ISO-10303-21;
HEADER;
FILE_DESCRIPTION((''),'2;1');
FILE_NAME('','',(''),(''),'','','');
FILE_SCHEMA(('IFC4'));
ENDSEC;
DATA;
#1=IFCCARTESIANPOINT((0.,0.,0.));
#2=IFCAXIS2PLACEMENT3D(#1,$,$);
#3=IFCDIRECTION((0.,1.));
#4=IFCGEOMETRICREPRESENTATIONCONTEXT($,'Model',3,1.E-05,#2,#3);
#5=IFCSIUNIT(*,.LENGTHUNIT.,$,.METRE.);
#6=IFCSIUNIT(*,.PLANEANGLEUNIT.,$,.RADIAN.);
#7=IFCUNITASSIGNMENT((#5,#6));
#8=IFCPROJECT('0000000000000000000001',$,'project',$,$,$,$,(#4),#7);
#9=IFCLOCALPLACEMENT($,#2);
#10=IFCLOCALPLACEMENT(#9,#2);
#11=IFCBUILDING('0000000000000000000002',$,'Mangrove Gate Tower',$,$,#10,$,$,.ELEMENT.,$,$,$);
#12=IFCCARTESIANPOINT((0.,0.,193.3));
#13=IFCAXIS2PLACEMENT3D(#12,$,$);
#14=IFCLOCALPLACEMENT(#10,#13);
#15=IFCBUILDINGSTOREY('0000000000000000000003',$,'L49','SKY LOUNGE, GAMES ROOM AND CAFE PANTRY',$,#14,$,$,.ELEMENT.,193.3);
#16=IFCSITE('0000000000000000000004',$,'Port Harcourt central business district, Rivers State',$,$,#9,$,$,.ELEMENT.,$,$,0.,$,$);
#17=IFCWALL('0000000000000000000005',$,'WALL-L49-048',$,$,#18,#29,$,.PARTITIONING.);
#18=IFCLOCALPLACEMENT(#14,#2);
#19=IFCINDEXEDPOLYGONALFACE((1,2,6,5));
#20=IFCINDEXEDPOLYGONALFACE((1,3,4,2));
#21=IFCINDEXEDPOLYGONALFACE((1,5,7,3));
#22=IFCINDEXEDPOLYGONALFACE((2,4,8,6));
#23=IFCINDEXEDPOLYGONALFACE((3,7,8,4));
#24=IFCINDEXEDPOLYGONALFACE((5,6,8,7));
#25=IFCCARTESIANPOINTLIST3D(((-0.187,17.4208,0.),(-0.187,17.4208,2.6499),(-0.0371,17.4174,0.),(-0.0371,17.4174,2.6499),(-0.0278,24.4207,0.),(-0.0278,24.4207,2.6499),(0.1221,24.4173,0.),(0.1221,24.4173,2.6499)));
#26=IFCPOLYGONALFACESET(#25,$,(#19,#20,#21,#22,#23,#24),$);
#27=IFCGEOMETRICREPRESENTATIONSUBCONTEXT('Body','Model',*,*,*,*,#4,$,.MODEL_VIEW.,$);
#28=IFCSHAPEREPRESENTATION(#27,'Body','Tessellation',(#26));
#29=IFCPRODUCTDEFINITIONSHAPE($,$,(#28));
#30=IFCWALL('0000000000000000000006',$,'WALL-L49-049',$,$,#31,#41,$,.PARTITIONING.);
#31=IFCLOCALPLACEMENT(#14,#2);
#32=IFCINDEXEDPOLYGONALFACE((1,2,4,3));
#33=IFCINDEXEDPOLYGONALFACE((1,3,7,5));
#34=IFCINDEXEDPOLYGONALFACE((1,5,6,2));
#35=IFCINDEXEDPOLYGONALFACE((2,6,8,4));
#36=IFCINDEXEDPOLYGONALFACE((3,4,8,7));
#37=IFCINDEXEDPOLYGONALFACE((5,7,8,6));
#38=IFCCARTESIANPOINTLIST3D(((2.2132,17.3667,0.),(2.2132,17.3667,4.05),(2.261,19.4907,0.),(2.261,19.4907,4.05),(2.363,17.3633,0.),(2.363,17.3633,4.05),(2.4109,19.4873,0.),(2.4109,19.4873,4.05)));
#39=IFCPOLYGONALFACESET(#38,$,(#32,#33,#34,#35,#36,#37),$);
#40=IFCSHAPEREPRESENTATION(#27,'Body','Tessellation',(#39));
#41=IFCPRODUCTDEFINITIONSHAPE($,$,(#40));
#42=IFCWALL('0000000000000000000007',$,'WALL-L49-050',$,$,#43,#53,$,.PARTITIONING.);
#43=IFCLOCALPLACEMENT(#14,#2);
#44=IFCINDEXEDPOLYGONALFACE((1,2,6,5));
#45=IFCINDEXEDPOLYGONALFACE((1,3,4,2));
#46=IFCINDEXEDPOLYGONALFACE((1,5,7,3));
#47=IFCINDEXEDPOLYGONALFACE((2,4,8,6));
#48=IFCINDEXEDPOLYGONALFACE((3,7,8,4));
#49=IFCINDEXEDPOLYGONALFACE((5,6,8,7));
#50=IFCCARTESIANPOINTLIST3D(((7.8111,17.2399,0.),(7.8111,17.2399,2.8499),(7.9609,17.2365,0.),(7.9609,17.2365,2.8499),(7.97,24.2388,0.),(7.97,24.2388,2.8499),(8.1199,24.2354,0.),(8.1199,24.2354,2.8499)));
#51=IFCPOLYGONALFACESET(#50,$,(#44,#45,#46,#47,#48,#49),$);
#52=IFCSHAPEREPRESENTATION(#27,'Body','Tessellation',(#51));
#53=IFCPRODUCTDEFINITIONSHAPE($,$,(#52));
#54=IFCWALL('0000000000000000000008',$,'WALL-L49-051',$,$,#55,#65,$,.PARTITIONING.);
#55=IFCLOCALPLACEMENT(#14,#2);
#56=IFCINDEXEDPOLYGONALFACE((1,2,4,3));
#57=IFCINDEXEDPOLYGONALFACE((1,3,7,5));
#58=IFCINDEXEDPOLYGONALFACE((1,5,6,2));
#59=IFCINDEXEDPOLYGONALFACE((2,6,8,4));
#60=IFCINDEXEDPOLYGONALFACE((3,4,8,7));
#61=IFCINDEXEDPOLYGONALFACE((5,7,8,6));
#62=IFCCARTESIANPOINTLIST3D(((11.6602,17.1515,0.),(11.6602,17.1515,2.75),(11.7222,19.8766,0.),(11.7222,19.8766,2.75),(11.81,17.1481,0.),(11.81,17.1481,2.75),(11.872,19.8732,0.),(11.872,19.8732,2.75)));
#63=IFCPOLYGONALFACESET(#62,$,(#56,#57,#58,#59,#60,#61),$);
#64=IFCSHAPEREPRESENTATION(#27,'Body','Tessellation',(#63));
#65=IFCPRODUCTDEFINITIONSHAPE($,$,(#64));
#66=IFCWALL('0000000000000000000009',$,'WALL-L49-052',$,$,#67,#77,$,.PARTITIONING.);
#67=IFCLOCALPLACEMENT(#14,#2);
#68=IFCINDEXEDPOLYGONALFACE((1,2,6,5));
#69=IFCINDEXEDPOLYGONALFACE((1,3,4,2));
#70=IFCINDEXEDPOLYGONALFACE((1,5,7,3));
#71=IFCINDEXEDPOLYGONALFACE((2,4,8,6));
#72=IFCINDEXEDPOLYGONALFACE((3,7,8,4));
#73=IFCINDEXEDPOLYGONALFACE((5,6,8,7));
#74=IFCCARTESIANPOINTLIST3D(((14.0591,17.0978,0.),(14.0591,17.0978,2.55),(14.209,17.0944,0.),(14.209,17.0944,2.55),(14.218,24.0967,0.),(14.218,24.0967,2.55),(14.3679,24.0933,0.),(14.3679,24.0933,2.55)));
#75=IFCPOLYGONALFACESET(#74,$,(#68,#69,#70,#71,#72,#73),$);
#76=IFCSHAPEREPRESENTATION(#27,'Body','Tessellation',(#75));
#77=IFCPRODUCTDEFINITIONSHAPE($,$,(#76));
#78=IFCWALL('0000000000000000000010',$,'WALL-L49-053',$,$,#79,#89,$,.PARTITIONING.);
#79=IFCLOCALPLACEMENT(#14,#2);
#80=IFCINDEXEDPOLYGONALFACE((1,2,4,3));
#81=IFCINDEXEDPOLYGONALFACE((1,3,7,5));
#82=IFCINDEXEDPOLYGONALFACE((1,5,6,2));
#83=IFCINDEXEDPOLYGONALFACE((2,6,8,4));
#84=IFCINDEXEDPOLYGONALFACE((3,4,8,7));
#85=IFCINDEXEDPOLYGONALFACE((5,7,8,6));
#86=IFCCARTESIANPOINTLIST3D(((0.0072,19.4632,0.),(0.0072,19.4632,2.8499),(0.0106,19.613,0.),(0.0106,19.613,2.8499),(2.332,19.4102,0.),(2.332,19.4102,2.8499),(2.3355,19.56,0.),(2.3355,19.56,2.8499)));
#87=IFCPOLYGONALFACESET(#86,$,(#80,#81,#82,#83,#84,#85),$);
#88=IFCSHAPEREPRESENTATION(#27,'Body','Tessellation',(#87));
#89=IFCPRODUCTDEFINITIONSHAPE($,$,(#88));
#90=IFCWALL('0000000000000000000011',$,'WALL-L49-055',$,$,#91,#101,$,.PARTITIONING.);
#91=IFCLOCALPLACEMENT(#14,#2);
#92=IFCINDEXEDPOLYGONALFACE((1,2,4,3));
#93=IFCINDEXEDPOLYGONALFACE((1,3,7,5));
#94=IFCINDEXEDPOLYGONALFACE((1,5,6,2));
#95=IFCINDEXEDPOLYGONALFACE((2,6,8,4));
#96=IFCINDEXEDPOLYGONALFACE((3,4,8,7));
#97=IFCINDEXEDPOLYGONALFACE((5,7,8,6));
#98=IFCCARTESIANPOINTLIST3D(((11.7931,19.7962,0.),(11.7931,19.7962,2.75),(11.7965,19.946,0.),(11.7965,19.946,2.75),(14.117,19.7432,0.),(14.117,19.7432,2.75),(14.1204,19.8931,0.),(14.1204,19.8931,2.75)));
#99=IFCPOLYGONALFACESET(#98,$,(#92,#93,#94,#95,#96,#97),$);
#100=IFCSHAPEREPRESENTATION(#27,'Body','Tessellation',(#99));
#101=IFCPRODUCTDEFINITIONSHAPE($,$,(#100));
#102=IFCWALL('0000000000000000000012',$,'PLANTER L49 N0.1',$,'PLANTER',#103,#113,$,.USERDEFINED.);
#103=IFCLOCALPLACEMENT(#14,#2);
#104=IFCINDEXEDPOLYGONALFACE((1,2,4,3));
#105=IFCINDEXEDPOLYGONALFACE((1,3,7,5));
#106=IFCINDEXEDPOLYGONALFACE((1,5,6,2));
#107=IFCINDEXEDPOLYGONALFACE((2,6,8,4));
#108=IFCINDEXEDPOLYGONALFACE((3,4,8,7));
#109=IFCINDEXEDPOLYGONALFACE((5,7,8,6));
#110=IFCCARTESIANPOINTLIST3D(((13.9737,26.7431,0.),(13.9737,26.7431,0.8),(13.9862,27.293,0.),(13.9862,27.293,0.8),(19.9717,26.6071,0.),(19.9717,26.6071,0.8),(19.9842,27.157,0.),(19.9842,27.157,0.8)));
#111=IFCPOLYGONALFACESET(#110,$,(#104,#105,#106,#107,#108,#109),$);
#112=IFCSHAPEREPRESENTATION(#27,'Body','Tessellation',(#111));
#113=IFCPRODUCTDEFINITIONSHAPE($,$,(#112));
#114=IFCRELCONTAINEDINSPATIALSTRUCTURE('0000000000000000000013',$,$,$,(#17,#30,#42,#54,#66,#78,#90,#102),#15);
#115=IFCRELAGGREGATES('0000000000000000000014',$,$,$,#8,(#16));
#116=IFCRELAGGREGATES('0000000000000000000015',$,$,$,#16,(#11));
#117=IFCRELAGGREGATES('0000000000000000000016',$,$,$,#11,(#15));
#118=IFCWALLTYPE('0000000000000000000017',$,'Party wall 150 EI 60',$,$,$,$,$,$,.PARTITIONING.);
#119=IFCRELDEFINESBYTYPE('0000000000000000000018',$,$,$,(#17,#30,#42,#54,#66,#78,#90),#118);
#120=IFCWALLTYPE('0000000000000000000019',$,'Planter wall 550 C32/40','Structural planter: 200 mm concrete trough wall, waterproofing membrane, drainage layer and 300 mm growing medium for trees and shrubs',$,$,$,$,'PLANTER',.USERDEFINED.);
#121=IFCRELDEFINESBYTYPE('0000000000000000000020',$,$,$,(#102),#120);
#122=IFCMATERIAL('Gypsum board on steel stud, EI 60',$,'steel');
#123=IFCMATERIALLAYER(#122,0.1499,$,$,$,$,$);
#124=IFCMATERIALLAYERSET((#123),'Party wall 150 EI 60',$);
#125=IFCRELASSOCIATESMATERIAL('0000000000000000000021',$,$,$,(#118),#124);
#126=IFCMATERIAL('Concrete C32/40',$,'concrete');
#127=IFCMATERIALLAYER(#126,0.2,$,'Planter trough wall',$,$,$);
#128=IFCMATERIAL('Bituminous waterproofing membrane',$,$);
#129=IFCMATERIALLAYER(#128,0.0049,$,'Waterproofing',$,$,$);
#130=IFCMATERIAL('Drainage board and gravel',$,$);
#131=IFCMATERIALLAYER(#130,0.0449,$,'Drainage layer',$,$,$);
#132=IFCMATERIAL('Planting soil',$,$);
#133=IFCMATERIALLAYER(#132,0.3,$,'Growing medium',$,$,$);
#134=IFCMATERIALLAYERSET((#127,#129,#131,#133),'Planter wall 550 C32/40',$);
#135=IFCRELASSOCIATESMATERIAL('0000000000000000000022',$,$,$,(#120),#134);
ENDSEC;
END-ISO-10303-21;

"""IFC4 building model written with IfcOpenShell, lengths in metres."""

from ifc_helpers import new_model, si_unit, direction, frame, frame_2d, origin, place, context, subcontext, project, spatial, rectangle, extrude, material, layer, layer_set, type_object, element, save


model = new_model("IFC4")

# Units and contexts
model_context = context("Model", 3, precision=1e-05, world=origin(), true_north=direction((0.0, 1.0)))
body_context = subcontext(model_context, "Body", "Model", "MODEL_VIEW")
ifc_project = project(units=[si_unit("LENGTHUNIT", "METRE"), si_unit("PLANEANGLEUNIT", "RADIAN")], contexts=[model_context])

# Site, building, storey
site_placement = place(None, origin())
site = spatial("IfcSite", under=ifc_project, at=site_placement, Name="Port Harcourt central business district, Rivers State", CompositionType="ELEMENT", RefElevation=0.0)
building_placement = place(site_placement, origin())
building = spatial("IfcBuilding", under=site, at=building_placement, Name="Mangrove Gate Tower", CompositionType="ELEMENT")
storey_placement = place(building_placement, frame((0.0, 0.0, 193.3)))
storey = spatial("IfcBuildingStorey", under=building, at=storey_placement, Name="L49", Description="SKY LOUNGE, GAMES ROOM AND CAFE PANTRY", CompositionType="ELEMENT", Elevation=193.3)

# Walls
ifc_material_1 = material(Name="Gypsum board on steel stud, EI 60", Category="steel")
ifc_layer_1 = layer(ifc_material_1, 0.1499)
ifc_layer_set_1 = layer_set([ifc_layer_1], Name="Party wall 150 EI 60")
wall_type_1 = type_object("IfcWallType", Name="Party wall 150 EI 60", PredefinedType="PARTITIONING", material=ifc_layer_set_1)
wall_1_placement = place(storey_placement, frame((-0.1121, 17.4189, 0.0), z_axis=(0.0, 0.0, 1.0), x_axis=(0.022734, 0.999742, 0.0)))
element("IfcWall", 1, at=wall_1_placement, inside=storey, type_object=wall_type_1, Name="WALL-L49-048", PredefinedType="PARTITIONING", context=body_context, shape_type="SweptSolid", body=[
    extrude(rectangle(XDim=7.0017, YDim=0.1499, at=frame_2d((3.501, 0.0))), origin(), (0.0, 0.0, 1.0), 2.6499),
])
wall_2_placement = place(storey_placement, frame((2.2881, 17.365, 0.0), z_axis=(0.0, 0.0, 1.0), x_axis=(0.022523, 0.999746, 0.0)))
element("IfcWall", 2, at=wall_2_placement, inside=storey, type_object=wall_type_1, Name="WALL-L49-049", PredefinedType="PARTITIONING", context=body_context, shape_type="SweptSolid", body=[
    extrude(rectangle(XDim=2.1245, YDim=0.1499, at=frame_2d((1.0623, 0.0))), origin(), (0.0, 0.0, 1.0), 4.05),
])
wall_3_placement = place(storey_placement, frame((7.886, 17.238, 0.0), z_axis=(0.0, 0.0, 1.0), x_axis=(0.022702, 0.999742, 0.0)))
element("IfcWall", 3, at=wall_3_placement, inside=storey, type_object=wall_type_1, Name="WALL-L49-050", PredefinedType="PARTITIONING", context=body_context, shape_type="SweptSolid", body=[
    extrude(rectangle(XDim=7.0007, YDim=0.1499, at=frame_2d((3.5005, 0.0))), origin(), (0.0, 0.0, 1.0), 2.8499),
])
wall_4_placement = place(storey_placement, frame((11.7351, 17.1499, 0.0), z_axis=(0.0, 0.0, 1.0), x_axis=(0.02275, 0.999741, 0.0)))
element("IfcWall", 4, at=wall_4_placement, inside=storey, type_object=wall_type_1, Name="WALL-L49-051", PredefinedType="PARTITIONING", context=body_context, shape_type="SweptSolid", body=[
    extrude(rectangle(XDim=2.7258, YDim=0.1499, at=frame_2d((1.3628, 0.0))), origin(), (0.0, 0.0, 1.0), 2.75),
])
wall_5_placement = place(storey_placement, frame((14.134, 17.0959, 0.0), z_axis=(0.0, 0.0, 1.0), x_axis=(0.022702, 0.999742, 0.0)))
element("IfcWall", 5, at=wall_5_placement, inside=storey, type_object=wall_type_1, Name="WALL-L49-052", PredefinedType="PARTITIONING", context=body_context, shape_type="SweptSolid", body=[
    extrude(rectangle(XDim=7.0007, YDim=0.1499, at=frame_2d((3.5005, 0.0))), origin(), (0.0, 0.0, 1.0), 2.55),
])
wall_6_placement = place(storey_placement, frame((0.009, 19.5381, 0.0), z_axis=(0.0, 0.0, 1.0), x_axis=(0.99974, -0.022781, 0.0)))
element("IfcWall", 6, at=wall_6_placement, inside=storey, type_object=wall_type_1, Name="WALL-L49-053", PredefinedType="PARTITIONING", context=body_context, shape_type="SweptSolid", body=[
    extrude(rectangle(XDim=2.3254, YDim=0.1499, at=frame_2d((1.1626, 0.0))), origin(), (0.0, 0.0, 1.0), 2.8499),
])
wall_7_placement = place(storey_placement, frame((11.7949, 19.8711, 0.0), z_axis=(0.0, 0.0, 1.0), x_axis=(0.99974, -0.022791, 0.0)))
element("IfcWall", 7, at=wall_7_placement, inside=storey, type_object=wall_type_1, Name="WALL-L49-055", PredefinedType="PARTITIONING", context=body_context, shape_type="SweptSolid", body=[
    extrude(rectangle(XDim=2.3245, YDim=0.1499, at=frame_2d((1.1621, 0.0))), origin(), (0.0, 0.0, 1.0), 2.75),
])
ifc_material_2 = material(Name="Concrete C32/40", Category="concrete")
ifc_layer_2 = layer(ifc_material_2, 0.2, Name="Planter trough wall")
ifc_material_3 = material(Name="Bituminous waterproofing membrane")
ifc_layer_3 = layer(ifc_material_3, 0.0049, Name="Waterproofing")
ifc_material_4 = material(Name="Drainage board and gravel")
ifc_layer_4 = layer(ifc_material_4, 0.0449, Name="Drainage layer")
ifc_material_5 = material(Name="Planting soil")
ifc_layer_5 = layer(ifc_material_5, 0.3, Name="Growing medium")
ifc_layer_set_2 = layer_set([ifc_layer_2, ifc_layer_3, ifc_layer_4, ifc_layer_5], Name="Planter wall 550 C32/40")
wall_type_2 = type_object("IfcWallType", Name="Planter wall 550 C32/40", Description="Structural planter: 200 mm concrete trough wall, waterproofing membrane, drainage layer and 300 mm growing medium for trees and shrubs", ElementType="PLANTER", PredefinedType="USERDEFINED", material=ifc_layer_set_2)
wall_8_placement = place(storey_placement, frame((13.98, 27.0181, 0.0), z_axis=(0.0, 0.0, 1.0), x_axis=(0.999743, -0.022666, 0.0)))
element("IfcWall", 8, at=wall_8_placement, inside=storey, type_object=wall_type_2, Name="PLANTER L49 N0.1", ObjectType="PLANTER", PredefinedType="USERDEFINED", context=body_context, shape_type="SweptSolid", body=[
    extrude(rectangle(XDim=5.9995, YDim=0.55, at=frame_2d((2.9998, 0.0))), origin(), (0.0, 0.0, 1.0), 0.8),
])

save(model, "model.ifc")
